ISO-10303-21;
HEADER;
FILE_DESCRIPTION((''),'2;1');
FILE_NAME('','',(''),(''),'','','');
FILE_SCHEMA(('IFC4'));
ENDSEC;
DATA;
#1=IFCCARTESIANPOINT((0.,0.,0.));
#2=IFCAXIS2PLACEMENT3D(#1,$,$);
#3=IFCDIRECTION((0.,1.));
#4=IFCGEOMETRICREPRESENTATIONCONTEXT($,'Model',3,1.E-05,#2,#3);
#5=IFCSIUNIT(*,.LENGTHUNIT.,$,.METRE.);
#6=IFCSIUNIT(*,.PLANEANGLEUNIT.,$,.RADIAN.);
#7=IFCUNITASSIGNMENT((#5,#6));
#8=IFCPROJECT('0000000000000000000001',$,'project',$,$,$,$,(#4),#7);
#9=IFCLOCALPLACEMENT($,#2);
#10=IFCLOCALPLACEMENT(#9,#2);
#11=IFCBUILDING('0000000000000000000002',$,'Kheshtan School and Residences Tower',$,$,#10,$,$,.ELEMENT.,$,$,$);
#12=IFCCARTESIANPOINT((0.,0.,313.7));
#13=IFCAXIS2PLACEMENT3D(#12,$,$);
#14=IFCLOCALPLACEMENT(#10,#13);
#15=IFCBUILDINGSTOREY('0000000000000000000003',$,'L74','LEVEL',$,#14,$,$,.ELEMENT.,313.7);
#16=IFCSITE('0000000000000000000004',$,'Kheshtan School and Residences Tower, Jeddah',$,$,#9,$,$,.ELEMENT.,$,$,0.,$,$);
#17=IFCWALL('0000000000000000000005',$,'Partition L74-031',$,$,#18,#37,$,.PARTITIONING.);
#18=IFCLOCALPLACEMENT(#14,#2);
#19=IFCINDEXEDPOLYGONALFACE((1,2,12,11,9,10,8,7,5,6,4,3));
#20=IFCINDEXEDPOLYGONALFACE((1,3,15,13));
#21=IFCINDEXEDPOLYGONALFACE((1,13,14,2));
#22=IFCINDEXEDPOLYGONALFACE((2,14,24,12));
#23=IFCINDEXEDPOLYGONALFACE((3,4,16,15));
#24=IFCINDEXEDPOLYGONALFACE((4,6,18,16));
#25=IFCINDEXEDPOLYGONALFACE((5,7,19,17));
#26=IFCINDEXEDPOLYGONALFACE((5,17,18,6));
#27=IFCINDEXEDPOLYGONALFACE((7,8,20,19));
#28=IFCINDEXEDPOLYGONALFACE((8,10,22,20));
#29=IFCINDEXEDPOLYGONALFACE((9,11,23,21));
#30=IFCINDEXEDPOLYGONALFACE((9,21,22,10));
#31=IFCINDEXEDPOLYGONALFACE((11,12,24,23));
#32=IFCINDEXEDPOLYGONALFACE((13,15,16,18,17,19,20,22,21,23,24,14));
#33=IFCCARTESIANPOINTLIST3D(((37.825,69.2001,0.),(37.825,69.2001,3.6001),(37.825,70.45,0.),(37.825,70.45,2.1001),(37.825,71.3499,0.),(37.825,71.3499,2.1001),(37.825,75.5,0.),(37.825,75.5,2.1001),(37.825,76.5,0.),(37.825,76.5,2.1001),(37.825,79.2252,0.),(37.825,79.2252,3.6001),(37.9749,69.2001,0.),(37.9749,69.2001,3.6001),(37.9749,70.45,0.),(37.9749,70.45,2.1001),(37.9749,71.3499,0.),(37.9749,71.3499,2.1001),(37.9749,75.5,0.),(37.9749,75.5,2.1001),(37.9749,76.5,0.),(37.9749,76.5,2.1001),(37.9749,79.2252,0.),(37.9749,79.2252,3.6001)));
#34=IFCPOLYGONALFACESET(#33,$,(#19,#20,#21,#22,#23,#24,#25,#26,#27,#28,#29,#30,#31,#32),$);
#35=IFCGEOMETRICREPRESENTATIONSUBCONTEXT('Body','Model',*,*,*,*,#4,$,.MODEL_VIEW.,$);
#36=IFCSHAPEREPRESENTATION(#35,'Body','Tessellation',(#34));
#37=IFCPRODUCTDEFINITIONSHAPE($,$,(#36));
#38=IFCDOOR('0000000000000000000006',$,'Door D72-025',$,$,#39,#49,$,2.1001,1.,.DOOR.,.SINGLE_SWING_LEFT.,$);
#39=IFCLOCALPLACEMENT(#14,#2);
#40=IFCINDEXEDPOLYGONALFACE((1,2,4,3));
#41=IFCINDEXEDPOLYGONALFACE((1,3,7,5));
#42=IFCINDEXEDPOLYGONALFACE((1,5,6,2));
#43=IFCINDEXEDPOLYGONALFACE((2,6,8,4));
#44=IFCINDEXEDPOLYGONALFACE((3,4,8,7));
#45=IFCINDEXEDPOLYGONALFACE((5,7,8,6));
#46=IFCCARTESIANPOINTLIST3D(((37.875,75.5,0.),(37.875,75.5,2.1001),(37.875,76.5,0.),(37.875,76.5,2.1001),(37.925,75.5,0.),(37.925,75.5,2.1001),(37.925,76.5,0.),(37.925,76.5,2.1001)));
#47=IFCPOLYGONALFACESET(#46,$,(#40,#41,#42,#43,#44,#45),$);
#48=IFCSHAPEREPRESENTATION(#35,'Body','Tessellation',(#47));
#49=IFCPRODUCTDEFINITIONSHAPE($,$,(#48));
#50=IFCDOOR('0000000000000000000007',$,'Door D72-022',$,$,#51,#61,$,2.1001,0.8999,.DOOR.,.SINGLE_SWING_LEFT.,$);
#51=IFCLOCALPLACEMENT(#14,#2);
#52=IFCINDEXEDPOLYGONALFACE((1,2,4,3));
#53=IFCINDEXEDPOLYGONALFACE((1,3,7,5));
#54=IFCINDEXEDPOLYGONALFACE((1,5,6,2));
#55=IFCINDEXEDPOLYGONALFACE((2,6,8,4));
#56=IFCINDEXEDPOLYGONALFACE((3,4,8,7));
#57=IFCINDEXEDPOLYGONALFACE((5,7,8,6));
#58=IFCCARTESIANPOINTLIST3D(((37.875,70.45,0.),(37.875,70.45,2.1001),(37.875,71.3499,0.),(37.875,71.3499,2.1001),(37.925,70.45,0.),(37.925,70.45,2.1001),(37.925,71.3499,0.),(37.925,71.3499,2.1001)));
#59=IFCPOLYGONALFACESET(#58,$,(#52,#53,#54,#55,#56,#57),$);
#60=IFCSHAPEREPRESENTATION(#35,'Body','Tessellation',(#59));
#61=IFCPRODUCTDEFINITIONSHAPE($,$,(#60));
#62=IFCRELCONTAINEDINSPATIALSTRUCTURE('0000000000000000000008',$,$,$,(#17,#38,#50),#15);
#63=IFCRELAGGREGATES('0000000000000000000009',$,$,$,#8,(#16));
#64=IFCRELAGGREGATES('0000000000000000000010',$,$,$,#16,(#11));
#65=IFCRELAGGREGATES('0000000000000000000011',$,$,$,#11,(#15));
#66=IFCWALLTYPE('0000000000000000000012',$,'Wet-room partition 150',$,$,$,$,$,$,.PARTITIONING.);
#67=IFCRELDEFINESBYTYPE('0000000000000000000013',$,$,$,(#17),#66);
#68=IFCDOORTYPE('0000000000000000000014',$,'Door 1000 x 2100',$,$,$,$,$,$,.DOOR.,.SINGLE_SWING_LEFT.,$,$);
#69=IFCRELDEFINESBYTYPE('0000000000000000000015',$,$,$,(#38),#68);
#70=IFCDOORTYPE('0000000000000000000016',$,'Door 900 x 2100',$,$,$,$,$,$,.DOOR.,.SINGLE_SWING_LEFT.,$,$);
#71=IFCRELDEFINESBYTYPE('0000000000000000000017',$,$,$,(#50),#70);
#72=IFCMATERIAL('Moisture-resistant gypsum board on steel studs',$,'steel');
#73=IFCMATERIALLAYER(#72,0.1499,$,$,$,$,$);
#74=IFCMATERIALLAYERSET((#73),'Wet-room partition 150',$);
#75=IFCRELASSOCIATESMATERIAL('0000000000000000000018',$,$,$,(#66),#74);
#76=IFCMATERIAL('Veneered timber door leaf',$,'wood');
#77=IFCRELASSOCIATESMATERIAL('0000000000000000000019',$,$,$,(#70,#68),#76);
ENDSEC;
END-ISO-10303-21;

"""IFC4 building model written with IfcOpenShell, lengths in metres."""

from ifc_helpers import new_model, si_unit, direction, frame, frame_2d, origin, place, context, subcontext, project, spatial, rectangle, extrude, source, transform, mapped, material, layer, layer_set, type_object, element, fill, save


model = new_model("IFC4")

# Units and contexts
model_context = context("Model", 3, precision=1e-05, world=origin(), true_north=direction((0.0, 1.0)))
body_context = subcontext(model_context, "Body", "Model", "MODEL_VIEW")
ifc_project = project(units=[si_unit("LENGTHUNIT", "METRE"), si_unit("PLANEANGLEUNIT", "RADIAN")], contexts=[model_context])

# Site, building, storey
site_placement = place(None, origin())
site = spatial("IfcSite", under=ifc_project, at=site_placement, Name="Kheshtan School and Residences Tower, Jeddah", CompositionType="ELEMENT", RefElevation=0.0)
building_placement = place(site_placement, origin())
building = spatial("IfcBuilding", under=site, at=building_placement, Name="Kheshtan School and Residences Tower", CompositionType="ELEMENT")
storey_placement = place(building_placement, frame((0.0, 0.0, 313.7)))
storey = spatial("IfcBuildingStorey", under=building, at=storey_placement, Name="L74", Description="LEVEL", CompositionType="ELEMENT", Elevation=313.7)

# Shared definitions
ifc_material_1 = material(Name="Moisture-resistant gypsum board on steel studs", Category="steel")
ifc_layer_1 = layer(ifc_material_1, 0.1499)
ifc_layer_set_1 = layer_set([ifc_layer_1], Name="Wet-room partition 150")
wall_type_1 = type_object("IfcWallType", Name="Wet-room partition 150", PredefinedType="PARTITIONING", material=ifc_layer_set_1)

# Wall, openings, doors
ifc_material_2 = material(Name="Veneered timber door leaf", Category="wood")
door_type_1 = type_object("IfcDoorType", Name="Door 900 x 2100", OperationType="SINGLE_SWING_LEFT", PredefinedType="DOOR", material=ifc_material_2)
shared_shape_1 = source(origin(), body_context, "Body", "SweptSolid", [
    extrude(rectangle(XDim=0.8999, YDim=2.1001, at=frame_2d((0.45, 1.05))), frame((0.0, 0.0249, 0.0), z_axis=(0.0, -1.0, 0.0), x_axis=(1.0, 0.0, 0.0)), (0.0, 0.0, 1.0), 0.05),
])
wall_1_placement = place(storey_placement, frame((37.8999, 69.2, 0.0), z_axis=(0.0, 0.0, 1.0), x_axis=(0.0, 1.0, 0.0)))
wall_1 = element("IfcWall", 1, at=wall_1_placement, inside=storey, type_object=wall_type_1, Name="Partition L74-031", PredefinedType="PARTITIONING", context=body_context, shape_type="SweptSolid", body=[
    extrude(rectangle(XDim=10.0251, YDim=0.1499, at=frame_2d((5.0127, 0.0))), origin(), (0.0, 0.0, 1.0), 3.6001),
])
opening_1_placement = place(wall_1_placement, frame((1.25, 0.0, 0.0)))
opening_1 = element("IfcOpeningElement", 2, at=opening_1_placement, cuts=wall_1, PredefinedType="OPENING", context=body_context, shape_type="SweptSolid", body=[
    extrude(rectangle(XDim=0.8999, YDim=2.1001, at=frame_2d((0.45, 1.05))), frame((0.0, 0.085, 0.0), z_axis=(0.0, -1.0, 0.0), x_axis=(1.0, 0.0, 0.0)), (0.0, 0.0, 1.0), 0.1699),
])
opening_2_placement = place(wall_1_placement, frame((6.3, 0.0, 0.0)))
opening_2 = element("IfcOpeningElement", 3, at=opening_2_placement, cuts=wall_1, PredefinedType="OPENING", context=body_context, shape_type="SweptSolid", body=[
    extrude(rectangle(XDim=1.0, YDim=2.1001, at=frame_2d((0.5, 1.05))), frame((0.0, 0.085, 0.0), z_axis=(0.0, -1.0, 0.0), x_axis=(1.0, 0.0, 0.0)), (0.0, 0.0, 1.0), 0.1699),
])
door_type_2 = type_object("IfcDoorType", Name="Door 1000 x 2100", OperationType="SINGLE_SWING_LEFT", PredefinedType="DOOR", material=ifc_material_2)
shared_shape_2 = source(origin(), body_context, "Body", "SweptSolid", [
    extrude(rectangle(XDim=1.0, YDim=2.1001, at=frame_2d((0.5, 1.05))), frame((0.0, 0.0249, 0.0), z_axis=(0.0, -1.0, 0.0), x_axis=(1.0, 0.0, 0.0)), (0.0, 0.0, 1.0), 0.05),
])
door_1_placement = place(opening_2_placement, origin())
door_1 = element("IfcDoor", 4, at=door_1_placement, inside=storey, type_object=door_type_2, Name="Door D72-025", OperationType="SINGLE_SWING_LEFT", OverallHeight=2.1001, OverallWidth=1.0, PredefinedType="DOOR", context=body_context, shape_type="MappedRepresentation", body=[
    mapped(shared_shape_2, transform((0.0, 0.0, 0.0), x_axis=(1.0, 0.0, 0.0), y_axis=(0.0, 1.0, 0.0), z_axis=(0.0, 0.0, 1.0), scale=1.0)),
])
fill(opening_2, door_1)
door_2_placement = place(opening_1_placement, origin())
door_2 = element("IfcDoor", 5, at=door_2_placement, inside=storey, type_object=door_type_1, Name="Door D72-022", OperationType="SINGLE_SWING_LEFT", OverallHeight=2.1001, OverallWidth=0.8999, PredefinedType="DOOR", context=body_context, shape_type="MappedRepresentation", body=[
    mapped(shared_shape_1, transform((0.0, 0.0, 0.0), x_axis=(1.0, 0.0, 0.0), y_axis=(0.0, 1.0, 0.0), z_axis=(0.0, 0.0, 1.0), scale=1.0)),
])
fill(opening_1, door_2)

save(model, "model.ifc")
